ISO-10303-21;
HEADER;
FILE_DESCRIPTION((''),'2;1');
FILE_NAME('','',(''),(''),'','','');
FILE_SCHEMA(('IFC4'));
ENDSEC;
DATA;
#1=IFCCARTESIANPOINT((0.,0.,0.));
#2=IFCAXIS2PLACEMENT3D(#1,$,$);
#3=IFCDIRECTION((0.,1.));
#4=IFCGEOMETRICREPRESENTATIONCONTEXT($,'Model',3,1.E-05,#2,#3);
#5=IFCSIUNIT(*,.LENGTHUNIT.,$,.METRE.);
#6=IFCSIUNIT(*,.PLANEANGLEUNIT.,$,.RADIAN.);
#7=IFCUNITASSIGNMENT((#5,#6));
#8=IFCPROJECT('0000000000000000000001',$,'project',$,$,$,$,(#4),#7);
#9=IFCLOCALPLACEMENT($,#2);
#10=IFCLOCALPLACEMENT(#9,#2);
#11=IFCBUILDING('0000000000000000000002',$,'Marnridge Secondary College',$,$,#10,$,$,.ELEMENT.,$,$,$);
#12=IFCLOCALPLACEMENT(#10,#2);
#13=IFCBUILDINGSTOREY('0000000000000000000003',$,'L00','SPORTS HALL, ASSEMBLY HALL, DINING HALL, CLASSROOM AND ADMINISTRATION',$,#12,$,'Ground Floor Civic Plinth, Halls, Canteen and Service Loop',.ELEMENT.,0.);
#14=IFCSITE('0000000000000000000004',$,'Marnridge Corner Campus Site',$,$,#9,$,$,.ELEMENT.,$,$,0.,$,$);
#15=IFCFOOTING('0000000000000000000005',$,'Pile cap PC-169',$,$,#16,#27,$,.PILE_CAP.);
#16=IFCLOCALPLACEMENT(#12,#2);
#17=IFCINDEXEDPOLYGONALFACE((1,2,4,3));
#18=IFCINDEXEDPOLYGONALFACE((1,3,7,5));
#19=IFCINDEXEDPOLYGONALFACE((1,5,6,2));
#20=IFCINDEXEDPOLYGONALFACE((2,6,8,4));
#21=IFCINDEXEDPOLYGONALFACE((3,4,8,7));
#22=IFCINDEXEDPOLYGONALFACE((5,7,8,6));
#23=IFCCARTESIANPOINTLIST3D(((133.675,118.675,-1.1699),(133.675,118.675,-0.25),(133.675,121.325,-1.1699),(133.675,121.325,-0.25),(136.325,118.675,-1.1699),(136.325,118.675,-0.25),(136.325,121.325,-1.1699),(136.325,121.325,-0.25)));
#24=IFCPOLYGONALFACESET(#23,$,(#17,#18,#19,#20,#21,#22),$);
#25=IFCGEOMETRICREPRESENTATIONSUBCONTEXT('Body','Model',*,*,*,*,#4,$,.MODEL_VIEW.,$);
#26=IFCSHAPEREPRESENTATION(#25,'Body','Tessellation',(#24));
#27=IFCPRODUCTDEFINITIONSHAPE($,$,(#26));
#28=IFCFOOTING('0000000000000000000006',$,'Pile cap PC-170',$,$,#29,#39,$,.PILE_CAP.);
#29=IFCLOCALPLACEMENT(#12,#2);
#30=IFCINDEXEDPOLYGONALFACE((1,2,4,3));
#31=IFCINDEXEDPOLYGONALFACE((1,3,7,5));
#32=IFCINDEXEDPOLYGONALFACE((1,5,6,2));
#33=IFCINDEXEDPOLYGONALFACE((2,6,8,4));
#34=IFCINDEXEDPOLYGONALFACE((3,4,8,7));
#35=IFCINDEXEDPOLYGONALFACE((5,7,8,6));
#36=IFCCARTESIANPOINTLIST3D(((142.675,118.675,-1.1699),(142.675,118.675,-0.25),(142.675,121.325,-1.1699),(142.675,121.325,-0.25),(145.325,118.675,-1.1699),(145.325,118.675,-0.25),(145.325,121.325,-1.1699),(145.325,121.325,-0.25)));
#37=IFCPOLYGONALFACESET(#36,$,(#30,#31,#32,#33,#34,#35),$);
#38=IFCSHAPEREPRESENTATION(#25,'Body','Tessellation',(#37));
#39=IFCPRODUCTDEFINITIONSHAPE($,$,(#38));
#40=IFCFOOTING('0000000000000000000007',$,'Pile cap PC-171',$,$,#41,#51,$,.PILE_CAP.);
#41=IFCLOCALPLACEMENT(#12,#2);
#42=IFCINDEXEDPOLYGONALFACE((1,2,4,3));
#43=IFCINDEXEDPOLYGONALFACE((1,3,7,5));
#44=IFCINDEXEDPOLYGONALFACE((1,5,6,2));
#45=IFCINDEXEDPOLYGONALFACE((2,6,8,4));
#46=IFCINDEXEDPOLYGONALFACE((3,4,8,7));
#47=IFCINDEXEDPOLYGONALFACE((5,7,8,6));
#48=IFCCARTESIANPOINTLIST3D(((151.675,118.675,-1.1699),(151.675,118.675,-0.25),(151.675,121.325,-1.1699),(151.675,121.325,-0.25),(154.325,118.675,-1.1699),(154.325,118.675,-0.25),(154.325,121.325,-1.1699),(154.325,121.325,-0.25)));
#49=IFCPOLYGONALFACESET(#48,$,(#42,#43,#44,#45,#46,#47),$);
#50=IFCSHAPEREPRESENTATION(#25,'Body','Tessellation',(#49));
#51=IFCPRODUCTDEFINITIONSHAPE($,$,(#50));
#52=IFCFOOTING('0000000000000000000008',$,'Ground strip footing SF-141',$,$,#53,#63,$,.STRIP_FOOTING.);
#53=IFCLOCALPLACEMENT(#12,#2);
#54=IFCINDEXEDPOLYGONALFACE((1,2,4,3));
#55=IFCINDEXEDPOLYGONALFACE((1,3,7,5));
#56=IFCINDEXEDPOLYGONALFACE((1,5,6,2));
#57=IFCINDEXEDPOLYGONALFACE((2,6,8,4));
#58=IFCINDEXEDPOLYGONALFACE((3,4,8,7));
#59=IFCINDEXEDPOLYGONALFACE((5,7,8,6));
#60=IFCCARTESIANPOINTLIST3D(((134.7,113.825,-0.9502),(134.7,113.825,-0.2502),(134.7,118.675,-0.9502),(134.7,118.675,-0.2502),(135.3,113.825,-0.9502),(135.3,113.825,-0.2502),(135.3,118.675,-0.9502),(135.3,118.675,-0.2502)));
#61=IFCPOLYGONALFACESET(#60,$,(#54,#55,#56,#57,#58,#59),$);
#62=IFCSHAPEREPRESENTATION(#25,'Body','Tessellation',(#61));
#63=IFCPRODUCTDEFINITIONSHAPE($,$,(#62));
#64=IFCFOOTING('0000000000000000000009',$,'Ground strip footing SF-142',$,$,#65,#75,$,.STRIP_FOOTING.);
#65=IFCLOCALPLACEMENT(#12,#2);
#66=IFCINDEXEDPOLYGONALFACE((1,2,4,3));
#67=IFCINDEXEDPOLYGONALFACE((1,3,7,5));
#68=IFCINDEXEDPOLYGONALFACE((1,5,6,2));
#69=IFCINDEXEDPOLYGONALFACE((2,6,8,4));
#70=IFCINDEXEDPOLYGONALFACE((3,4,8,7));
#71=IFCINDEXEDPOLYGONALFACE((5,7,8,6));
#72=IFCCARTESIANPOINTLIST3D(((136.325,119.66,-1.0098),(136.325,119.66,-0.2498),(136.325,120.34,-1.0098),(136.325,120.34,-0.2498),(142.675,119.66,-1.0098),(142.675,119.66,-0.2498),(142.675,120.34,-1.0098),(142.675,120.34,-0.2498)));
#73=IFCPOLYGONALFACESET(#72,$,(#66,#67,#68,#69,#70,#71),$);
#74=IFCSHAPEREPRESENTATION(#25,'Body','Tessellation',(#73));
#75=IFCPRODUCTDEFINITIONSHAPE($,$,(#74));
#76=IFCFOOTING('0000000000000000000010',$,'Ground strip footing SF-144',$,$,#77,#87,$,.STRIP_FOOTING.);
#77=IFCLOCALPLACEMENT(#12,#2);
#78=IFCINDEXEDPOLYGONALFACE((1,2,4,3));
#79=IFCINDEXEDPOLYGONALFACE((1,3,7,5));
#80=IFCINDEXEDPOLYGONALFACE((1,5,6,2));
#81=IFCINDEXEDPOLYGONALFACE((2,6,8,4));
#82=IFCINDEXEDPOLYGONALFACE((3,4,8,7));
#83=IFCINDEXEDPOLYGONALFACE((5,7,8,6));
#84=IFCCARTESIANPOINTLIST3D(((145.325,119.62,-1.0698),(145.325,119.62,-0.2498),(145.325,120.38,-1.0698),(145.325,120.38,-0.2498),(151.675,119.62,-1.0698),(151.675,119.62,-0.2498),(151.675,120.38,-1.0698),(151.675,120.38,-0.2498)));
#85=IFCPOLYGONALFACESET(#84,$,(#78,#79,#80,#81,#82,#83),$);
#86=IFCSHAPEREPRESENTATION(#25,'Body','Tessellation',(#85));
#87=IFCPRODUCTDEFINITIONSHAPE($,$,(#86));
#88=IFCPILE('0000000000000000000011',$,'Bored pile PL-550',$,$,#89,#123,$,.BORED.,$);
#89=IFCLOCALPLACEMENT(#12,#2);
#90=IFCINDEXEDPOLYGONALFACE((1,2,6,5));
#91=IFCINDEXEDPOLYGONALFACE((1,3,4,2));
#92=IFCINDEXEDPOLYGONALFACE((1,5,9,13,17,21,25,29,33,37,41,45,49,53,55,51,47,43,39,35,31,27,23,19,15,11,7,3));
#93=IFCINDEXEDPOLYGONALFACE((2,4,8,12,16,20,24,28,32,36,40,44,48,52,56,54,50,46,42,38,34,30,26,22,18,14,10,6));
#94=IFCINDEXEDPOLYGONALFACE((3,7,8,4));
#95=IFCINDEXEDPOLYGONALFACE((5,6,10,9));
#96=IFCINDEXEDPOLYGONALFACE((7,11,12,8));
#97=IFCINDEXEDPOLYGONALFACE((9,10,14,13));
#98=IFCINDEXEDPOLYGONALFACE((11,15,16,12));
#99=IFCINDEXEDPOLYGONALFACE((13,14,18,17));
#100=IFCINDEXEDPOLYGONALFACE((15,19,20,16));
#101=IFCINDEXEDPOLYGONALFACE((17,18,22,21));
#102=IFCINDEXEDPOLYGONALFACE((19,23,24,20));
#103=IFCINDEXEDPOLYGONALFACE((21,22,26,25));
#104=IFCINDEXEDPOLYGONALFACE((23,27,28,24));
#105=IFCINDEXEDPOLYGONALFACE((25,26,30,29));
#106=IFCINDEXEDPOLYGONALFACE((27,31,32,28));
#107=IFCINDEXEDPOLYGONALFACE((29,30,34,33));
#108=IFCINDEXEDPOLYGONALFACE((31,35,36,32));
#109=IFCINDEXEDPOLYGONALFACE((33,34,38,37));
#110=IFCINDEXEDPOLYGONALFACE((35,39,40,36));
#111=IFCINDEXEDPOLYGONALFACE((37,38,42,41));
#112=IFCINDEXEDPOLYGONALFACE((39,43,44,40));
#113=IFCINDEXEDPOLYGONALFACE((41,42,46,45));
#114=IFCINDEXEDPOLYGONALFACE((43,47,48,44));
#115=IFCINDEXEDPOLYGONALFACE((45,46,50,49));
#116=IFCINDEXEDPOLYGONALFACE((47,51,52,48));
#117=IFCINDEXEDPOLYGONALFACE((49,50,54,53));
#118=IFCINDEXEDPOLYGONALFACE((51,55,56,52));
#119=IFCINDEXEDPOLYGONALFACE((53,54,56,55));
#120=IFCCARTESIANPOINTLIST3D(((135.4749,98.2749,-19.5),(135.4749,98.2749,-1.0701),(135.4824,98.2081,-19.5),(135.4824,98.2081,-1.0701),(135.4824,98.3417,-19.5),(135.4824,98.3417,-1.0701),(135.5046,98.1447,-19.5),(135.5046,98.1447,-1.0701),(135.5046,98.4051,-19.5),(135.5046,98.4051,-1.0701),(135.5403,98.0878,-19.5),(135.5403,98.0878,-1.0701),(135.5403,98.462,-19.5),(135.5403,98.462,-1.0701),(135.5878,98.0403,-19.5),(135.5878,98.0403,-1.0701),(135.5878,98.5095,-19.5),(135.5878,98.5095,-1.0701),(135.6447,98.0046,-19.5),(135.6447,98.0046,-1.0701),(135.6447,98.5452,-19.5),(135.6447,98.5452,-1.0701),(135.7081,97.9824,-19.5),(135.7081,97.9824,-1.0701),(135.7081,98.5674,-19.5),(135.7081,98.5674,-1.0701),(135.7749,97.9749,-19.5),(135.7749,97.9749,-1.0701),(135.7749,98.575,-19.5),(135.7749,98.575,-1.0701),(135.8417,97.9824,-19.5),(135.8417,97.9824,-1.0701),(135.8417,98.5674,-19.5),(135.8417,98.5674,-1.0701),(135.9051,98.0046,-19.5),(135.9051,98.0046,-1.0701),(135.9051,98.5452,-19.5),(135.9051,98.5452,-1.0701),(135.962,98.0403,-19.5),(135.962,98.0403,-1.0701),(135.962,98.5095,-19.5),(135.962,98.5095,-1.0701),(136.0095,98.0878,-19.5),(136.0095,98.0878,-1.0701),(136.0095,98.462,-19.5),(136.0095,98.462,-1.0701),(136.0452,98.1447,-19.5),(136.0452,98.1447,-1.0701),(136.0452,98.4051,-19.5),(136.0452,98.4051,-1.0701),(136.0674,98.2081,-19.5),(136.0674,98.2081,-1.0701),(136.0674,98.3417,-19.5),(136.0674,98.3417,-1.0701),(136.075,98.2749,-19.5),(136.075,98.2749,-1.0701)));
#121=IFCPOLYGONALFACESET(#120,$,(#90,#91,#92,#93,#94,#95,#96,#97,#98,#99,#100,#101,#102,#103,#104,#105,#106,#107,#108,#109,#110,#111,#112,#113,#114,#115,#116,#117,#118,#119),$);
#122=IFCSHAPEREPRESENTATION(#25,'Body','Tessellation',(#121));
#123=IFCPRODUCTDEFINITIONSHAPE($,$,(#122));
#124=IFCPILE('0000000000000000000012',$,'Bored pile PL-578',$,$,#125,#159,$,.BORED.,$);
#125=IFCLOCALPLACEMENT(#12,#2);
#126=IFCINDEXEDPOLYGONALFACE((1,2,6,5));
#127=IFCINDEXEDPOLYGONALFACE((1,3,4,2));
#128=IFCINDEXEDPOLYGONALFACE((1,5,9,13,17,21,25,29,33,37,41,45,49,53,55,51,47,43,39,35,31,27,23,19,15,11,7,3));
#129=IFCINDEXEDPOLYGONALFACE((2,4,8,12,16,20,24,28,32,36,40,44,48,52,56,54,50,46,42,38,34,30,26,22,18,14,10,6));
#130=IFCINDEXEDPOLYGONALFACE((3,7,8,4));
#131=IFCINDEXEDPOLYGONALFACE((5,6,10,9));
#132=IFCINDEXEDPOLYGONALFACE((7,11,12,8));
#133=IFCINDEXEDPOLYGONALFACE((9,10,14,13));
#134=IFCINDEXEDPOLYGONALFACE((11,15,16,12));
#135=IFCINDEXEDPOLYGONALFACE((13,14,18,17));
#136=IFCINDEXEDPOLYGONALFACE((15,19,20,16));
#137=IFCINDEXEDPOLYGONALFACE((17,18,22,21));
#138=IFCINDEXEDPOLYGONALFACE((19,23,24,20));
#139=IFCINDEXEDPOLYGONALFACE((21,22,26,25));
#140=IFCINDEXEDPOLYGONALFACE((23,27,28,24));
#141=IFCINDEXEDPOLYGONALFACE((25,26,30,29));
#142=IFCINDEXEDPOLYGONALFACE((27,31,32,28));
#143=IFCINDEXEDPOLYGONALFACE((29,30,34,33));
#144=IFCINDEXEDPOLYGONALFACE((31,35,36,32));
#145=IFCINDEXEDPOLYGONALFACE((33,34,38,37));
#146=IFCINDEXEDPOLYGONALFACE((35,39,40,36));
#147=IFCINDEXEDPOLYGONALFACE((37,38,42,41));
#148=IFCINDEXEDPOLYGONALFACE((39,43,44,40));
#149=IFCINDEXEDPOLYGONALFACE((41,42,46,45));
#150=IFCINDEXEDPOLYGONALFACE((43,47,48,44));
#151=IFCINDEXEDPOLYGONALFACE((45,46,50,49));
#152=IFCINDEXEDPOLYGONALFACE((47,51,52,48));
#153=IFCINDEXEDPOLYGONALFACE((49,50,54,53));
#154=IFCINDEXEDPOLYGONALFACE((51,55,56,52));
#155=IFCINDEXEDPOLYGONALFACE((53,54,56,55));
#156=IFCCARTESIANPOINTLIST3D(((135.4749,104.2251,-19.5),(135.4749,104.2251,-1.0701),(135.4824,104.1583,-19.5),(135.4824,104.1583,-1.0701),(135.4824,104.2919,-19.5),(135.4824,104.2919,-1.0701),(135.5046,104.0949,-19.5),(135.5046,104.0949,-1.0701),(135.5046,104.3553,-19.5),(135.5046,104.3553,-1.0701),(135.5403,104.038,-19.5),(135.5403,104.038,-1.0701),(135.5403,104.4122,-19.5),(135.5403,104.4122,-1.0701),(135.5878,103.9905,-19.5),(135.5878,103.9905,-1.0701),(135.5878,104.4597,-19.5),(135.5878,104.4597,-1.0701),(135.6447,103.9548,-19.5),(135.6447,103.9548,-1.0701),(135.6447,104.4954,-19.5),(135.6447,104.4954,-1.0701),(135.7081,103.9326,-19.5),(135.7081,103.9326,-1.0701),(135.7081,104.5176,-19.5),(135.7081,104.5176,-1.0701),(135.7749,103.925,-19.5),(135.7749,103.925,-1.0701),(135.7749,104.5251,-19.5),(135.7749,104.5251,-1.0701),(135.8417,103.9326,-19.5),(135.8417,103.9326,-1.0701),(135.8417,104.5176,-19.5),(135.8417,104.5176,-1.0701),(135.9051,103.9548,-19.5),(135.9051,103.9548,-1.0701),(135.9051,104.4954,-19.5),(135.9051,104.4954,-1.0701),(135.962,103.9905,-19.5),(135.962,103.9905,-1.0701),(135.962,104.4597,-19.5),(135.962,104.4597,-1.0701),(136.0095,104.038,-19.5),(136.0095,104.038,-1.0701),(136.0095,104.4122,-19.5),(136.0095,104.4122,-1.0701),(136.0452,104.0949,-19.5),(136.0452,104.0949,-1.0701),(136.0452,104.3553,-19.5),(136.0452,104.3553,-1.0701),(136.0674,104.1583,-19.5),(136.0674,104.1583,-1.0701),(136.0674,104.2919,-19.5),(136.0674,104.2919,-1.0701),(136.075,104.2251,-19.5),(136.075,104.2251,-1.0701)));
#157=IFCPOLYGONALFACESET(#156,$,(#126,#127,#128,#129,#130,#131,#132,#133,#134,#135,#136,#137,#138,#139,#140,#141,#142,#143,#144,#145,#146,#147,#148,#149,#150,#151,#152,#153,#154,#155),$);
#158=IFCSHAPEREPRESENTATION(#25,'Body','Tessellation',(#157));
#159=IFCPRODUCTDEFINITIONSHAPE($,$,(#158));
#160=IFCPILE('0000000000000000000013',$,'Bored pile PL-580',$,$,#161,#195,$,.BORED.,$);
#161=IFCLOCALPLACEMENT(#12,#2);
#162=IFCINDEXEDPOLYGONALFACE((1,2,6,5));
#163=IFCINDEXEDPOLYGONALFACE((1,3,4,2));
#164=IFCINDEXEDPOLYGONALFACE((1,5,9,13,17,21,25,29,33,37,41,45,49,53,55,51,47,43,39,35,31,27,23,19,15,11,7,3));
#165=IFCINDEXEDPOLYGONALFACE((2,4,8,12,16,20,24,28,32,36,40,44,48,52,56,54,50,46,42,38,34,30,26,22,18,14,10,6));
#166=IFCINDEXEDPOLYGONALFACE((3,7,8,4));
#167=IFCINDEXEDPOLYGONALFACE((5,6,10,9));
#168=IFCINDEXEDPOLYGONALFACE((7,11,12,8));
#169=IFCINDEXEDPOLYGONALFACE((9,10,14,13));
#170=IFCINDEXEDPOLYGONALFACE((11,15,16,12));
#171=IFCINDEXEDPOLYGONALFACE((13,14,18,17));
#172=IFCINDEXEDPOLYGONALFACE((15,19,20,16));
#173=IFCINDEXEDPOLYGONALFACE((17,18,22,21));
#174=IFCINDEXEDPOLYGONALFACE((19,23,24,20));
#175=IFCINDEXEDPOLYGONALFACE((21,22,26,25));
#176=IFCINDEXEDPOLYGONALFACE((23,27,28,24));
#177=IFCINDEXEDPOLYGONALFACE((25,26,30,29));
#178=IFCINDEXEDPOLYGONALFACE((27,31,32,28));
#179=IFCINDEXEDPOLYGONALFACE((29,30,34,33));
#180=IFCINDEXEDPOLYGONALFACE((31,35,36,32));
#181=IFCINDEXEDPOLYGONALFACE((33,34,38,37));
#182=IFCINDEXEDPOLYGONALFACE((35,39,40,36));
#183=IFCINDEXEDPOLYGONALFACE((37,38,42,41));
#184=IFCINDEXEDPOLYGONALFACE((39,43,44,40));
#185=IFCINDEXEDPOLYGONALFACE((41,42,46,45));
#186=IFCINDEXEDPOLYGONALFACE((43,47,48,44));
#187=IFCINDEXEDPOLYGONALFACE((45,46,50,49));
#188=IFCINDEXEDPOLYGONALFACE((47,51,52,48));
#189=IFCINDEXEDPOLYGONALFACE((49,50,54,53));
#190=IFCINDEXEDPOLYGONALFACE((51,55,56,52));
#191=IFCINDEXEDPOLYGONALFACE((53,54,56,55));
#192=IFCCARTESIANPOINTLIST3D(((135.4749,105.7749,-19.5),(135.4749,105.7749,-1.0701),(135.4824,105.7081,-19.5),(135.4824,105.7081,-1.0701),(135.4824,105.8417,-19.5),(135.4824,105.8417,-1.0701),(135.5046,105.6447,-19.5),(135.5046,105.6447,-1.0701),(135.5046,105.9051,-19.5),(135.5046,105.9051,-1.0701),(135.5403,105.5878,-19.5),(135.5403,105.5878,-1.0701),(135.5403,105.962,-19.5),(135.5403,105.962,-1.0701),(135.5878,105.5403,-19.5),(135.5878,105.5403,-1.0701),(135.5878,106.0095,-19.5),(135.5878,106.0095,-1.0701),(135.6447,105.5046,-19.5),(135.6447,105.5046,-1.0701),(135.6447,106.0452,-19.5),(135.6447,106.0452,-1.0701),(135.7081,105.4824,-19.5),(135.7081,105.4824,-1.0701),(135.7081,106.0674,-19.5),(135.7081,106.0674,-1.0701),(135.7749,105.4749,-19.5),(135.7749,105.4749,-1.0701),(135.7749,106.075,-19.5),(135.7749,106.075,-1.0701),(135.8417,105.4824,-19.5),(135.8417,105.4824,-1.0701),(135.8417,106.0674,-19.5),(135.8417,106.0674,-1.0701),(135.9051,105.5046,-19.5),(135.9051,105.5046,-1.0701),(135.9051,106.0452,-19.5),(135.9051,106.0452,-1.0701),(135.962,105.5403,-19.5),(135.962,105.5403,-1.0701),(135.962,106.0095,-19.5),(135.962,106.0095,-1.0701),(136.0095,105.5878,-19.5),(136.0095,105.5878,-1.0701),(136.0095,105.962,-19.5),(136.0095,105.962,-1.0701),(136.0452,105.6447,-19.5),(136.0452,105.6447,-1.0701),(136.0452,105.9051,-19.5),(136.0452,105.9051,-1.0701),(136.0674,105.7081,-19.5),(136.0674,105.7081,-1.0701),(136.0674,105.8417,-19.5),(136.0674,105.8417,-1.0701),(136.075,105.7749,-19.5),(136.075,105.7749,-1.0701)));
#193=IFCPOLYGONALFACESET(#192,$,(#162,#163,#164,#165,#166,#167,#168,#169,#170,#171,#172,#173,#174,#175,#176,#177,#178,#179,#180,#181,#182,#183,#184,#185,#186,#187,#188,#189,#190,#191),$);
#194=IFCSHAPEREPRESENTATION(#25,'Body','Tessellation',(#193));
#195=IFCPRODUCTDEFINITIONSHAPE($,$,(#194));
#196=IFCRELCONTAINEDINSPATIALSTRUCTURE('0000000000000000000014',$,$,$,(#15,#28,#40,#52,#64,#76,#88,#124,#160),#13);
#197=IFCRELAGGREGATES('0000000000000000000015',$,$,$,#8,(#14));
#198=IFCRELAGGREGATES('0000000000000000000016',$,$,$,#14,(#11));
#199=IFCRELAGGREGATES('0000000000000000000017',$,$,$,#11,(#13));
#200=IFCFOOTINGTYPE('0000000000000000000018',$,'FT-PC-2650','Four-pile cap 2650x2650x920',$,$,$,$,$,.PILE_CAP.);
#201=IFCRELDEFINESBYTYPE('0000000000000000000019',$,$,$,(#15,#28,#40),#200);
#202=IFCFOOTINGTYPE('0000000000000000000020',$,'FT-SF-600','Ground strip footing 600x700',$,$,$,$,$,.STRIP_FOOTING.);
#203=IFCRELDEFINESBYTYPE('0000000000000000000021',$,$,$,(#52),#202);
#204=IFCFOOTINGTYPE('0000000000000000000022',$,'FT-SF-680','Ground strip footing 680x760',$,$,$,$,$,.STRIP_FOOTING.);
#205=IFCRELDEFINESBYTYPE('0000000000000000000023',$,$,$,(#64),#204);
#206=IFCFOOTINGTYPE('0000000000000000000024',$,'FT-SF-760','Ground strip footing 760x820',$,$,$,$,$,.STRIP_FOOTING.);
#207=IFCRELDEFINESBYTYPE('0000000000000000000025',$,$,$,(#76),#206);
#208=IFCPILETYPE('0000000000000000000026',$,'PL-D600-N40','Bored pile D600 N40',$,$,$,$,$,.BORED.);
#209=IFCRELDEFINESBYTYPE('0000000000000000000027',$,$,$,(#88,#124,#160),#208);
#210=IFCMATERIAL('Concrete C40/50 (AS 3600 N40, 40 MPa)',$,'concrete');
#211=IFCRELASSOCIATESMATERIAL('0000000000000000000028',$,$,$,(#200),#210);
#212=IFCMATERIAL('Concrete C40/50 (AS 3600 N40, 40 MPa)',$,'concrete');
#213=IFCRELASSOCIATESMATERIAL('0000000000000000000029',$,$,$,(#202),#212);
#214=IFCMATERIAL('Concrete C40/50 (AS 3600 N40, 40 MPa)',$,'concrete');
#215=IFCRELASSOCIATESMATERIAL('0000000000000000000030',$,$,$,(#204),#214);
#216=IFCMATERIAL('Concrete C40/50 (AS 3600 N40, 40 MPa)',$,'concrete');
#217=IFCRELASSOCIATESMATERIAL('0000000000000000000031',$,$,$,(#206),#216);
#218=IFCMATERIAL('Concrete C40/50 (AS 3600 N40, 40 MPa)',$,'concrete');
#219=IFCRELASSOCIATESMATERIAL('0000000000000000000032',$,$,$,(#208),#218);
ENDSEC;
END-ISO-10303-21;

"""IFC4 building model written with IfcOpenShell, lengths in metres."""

from ifc_helpers import new_model, si_unit, direction, frame, origin, origin_2d, place, context, subcontext, project, spatial, rectangle, circle, extrude, material, material_profile, profile_set, type_object, element, save


model = new_model("IFC4")

# Units and contexts
model_context = context("Model", 3, precision=1e-05, world=origin(), true_north=direction((0.0, 1.0)))
body_context = subcontext(model_context, "Body", "Model", "MODEL_VIEW")
ifc_project = project(units=[si_unit("LENGTHUNIT", "METRE"), si_unit("PLANEANGLEUNIT", "RADIAN")], contexts=[model_context])

# Site, building, storey
site_placement = place(None, origin())
site = spatial("IfcSite", under=ifc_project, at=site_placement, Name="Marnridge Corner Campus Site", CompositionType="ELEMENT", RefElevation=0.0)
building_placement = place(site_placement, origin())
building = spatial("IfcBuilding", under=site, at=building_placement, Name="Marnridge Secondary College", CompositionType="ELEMENT")
storey_placement = place(building_placement, origin())
storey = spatial("IfcBuildingStorey", under=building, at=storey_placement, Name="L00", Description="SPORTS HALL, ASSEMBLY HALL, DINING HALL, CLASSROOM AND ADMINISTRATION", LongName="Ground Floor Civic Plinth, Halls, Canteen and Service Loop", CompositionType="ELEMENT", Elevation=0.0)

# Footings
ifc_material_1 = material(Name="Concrete C40/50 (AS 3600 N40, 40 MPa)", Category="concrete")
footing_type_1 = type_object("IfcFootingType", Name="FT-PC-2650", Description="Four-pile cap 2650x2650x920", PredefinedType="PILE_CAP", material=ifc_material_1)
for number, where, z_axis, x_axis, name in (
    (1, (135.0, 120.0, -1.1699), (0.0, 0.0, 1.0), (1.0, 0.0, 0.0), "Pile cap PC-169"),
    (2, (144.0, 120.0, -1.1699), (0.0, 0.0, 1.0), (1.0, 0.0, 0.0), "Pile cap PC-170"),
    (3, (153.0, 120.0, -1.1699), (0.0, 0.0, 1.0), (1.0, 0.0, 0.0), "Pile cap PC-171"),
):
    element("IfcFooting", number, at=place(storey_placement, frame(where, z_axis=z_axis, x_axis=x_axis)), inside=storey, type_object=footing_type_1, Name=name, PredefinedType="PILE_CAP", context=body_context, shape_type="SweptSolid", body=[
        extrude(rectangle(XDim=2.6499, YDim=2.6499, at=origin_2d()), origin(), (0.0, 0.0, 1.0), 0.9199),
    ])
ifc_material_2 = material(Name="Concrete C40/50 (AS 3600 N40, 40 MPa)", Category="concrete")
footing_type_2 = type_object("IfcFootingType", Name="FT-SF-600", Description="Ground strip footing 600x700", PredefinedType="STRIP_FOOTING", material=ifc_material_2)
footing_1_placement = place(storey_placement, frame((135.0, 116.25, -0.9502), z_axis=(0.0, 0.0, 1.0), x_axis=(1.0, 0.0, 0.0)))
element("IfcFooting", 4, at=footing_1_placement, inside=storey, type_object=footing_type_2, Name="Ground strip footing SF-141", PredefinedType="STRIP_FOOTING", context=body_context, shape_type="SweptSolid", body=[
    extrude(rectangle(XDim=0.6001, YDim=4.8501, at=origin_2d()), origin(), (0.0, 0.0, 1.0), 0.7),
])
ifc_material_3 = material(Name="Concrete C40/50 (AS 3600 N40, 40 MPa)", Category="concrete")
footing_type_3 = type_object("IfcFootingType", Name="FT-SF-680", Description="Ground strip footing 680x760", PredefinedType="STRIP_FOOTING", material=ifc_material_3)
footing_2_placement = place(storey_placement, frame((139.5, 120.0, -1.0098), z_axis=(0.0, 0.0, 1.0), x_axis=(1.0, 0.0, 0.0)))
element("IfcFooting", 5, at=footing_2_placement, inside=storey, type_object=footing_type_3, Name="Ground strip footing SF-142", PredefinedType="STRIP_FOOTING", context=body_context, shape_type="SweptSolid", body=[
    extrude(rectangle(XDim=6.3501, YDim=0.6799, at=origin_2d()), origin(), (0.0, 0.0, 1.0), 0.76),
])
ifc_material_4 = material(Name="Concrete C40/50 (AS 3600 N40, 40 MPa)", Category="concrete")
footing_type_4 = type_object("IfcFootingType", Name="FT-SF-760", Description="Ground strip footing 760x820", PredefinedType="STRIP_FOOTING", material=ifc_material_4)
footing_3_placement = place(storey_placement, frame((148.5, 120.0, -1.0698), z_axis=(0.0, 0.0, 1.0), x_axis=(1.0, 0.0, 0.0)))
element("IfcFooting", 6, at=footing_3_placement, inside=storey, type_object=footing_type_4, Name="Ground strip footing SF-144", PredefinedType="STRIP_FOOTING", context=body_context, shape_type="SweptSolid", body=[
    extrude(rectangle(XDim=6.3501, YDim=0.76, at=origin_2d()), origin(), (0.0, 0.0, 1.0), 0.8201),
])

# Piles
ifc_material_5 = material(Name="Concrete C40/50 (AS 3600 N40, 40 MPa)", Category="concrete")
ifc_material_profile_1 = material_profile(ifc_material_5, circle(Radius=0.3, at=origin_2d()), Name="PILE D600")
ifc_profile_set_1 = profile_set([ifc_material_profile_1], Name="Concrete C40/50 (AS 3600 N40, 40 MPa)")
pile_type = type_object("IfcPileType", Name="PL-D600-N40", Description="Bored pile D600 N40", PredefinedType="BORED", material=ifc_profile_set_1)
for number, where, z_axis, x_axis, name in (
    (7, (135.7749, 98.2749, -1.0701), (0.0, 0.0, -1.0), (1.0, 0.0, 0.0), "Bored pile PL-550"),
    (8, (135.7749, 104.2251, -1.0701), (0.0, 0.0, -1.0), (1.0, 0.0, 0.0), "Bored pile PL-578"),
    (9, (135.7749, 105.7749, -1.0701), (0.0, 0.0, -1.0), (1.0, 0.0, 0.0), "Bored pile PL-580"),
):
    element("IfcPile", number, at=place(storey_placement, frame(where, z_axis=z_axis, x_axis=x_axis)), inside=storey, type_object=pile_type, Name=name, PredefinedType="BORED", context=body_context, shape_type="SweptSolid", body=[
        extrude(circle(Radius=0.3, at=origin_2d()), origin(), (0.0, 0.0, 1.0), 18.4299),
    ])

save(model, "model.ifc")
